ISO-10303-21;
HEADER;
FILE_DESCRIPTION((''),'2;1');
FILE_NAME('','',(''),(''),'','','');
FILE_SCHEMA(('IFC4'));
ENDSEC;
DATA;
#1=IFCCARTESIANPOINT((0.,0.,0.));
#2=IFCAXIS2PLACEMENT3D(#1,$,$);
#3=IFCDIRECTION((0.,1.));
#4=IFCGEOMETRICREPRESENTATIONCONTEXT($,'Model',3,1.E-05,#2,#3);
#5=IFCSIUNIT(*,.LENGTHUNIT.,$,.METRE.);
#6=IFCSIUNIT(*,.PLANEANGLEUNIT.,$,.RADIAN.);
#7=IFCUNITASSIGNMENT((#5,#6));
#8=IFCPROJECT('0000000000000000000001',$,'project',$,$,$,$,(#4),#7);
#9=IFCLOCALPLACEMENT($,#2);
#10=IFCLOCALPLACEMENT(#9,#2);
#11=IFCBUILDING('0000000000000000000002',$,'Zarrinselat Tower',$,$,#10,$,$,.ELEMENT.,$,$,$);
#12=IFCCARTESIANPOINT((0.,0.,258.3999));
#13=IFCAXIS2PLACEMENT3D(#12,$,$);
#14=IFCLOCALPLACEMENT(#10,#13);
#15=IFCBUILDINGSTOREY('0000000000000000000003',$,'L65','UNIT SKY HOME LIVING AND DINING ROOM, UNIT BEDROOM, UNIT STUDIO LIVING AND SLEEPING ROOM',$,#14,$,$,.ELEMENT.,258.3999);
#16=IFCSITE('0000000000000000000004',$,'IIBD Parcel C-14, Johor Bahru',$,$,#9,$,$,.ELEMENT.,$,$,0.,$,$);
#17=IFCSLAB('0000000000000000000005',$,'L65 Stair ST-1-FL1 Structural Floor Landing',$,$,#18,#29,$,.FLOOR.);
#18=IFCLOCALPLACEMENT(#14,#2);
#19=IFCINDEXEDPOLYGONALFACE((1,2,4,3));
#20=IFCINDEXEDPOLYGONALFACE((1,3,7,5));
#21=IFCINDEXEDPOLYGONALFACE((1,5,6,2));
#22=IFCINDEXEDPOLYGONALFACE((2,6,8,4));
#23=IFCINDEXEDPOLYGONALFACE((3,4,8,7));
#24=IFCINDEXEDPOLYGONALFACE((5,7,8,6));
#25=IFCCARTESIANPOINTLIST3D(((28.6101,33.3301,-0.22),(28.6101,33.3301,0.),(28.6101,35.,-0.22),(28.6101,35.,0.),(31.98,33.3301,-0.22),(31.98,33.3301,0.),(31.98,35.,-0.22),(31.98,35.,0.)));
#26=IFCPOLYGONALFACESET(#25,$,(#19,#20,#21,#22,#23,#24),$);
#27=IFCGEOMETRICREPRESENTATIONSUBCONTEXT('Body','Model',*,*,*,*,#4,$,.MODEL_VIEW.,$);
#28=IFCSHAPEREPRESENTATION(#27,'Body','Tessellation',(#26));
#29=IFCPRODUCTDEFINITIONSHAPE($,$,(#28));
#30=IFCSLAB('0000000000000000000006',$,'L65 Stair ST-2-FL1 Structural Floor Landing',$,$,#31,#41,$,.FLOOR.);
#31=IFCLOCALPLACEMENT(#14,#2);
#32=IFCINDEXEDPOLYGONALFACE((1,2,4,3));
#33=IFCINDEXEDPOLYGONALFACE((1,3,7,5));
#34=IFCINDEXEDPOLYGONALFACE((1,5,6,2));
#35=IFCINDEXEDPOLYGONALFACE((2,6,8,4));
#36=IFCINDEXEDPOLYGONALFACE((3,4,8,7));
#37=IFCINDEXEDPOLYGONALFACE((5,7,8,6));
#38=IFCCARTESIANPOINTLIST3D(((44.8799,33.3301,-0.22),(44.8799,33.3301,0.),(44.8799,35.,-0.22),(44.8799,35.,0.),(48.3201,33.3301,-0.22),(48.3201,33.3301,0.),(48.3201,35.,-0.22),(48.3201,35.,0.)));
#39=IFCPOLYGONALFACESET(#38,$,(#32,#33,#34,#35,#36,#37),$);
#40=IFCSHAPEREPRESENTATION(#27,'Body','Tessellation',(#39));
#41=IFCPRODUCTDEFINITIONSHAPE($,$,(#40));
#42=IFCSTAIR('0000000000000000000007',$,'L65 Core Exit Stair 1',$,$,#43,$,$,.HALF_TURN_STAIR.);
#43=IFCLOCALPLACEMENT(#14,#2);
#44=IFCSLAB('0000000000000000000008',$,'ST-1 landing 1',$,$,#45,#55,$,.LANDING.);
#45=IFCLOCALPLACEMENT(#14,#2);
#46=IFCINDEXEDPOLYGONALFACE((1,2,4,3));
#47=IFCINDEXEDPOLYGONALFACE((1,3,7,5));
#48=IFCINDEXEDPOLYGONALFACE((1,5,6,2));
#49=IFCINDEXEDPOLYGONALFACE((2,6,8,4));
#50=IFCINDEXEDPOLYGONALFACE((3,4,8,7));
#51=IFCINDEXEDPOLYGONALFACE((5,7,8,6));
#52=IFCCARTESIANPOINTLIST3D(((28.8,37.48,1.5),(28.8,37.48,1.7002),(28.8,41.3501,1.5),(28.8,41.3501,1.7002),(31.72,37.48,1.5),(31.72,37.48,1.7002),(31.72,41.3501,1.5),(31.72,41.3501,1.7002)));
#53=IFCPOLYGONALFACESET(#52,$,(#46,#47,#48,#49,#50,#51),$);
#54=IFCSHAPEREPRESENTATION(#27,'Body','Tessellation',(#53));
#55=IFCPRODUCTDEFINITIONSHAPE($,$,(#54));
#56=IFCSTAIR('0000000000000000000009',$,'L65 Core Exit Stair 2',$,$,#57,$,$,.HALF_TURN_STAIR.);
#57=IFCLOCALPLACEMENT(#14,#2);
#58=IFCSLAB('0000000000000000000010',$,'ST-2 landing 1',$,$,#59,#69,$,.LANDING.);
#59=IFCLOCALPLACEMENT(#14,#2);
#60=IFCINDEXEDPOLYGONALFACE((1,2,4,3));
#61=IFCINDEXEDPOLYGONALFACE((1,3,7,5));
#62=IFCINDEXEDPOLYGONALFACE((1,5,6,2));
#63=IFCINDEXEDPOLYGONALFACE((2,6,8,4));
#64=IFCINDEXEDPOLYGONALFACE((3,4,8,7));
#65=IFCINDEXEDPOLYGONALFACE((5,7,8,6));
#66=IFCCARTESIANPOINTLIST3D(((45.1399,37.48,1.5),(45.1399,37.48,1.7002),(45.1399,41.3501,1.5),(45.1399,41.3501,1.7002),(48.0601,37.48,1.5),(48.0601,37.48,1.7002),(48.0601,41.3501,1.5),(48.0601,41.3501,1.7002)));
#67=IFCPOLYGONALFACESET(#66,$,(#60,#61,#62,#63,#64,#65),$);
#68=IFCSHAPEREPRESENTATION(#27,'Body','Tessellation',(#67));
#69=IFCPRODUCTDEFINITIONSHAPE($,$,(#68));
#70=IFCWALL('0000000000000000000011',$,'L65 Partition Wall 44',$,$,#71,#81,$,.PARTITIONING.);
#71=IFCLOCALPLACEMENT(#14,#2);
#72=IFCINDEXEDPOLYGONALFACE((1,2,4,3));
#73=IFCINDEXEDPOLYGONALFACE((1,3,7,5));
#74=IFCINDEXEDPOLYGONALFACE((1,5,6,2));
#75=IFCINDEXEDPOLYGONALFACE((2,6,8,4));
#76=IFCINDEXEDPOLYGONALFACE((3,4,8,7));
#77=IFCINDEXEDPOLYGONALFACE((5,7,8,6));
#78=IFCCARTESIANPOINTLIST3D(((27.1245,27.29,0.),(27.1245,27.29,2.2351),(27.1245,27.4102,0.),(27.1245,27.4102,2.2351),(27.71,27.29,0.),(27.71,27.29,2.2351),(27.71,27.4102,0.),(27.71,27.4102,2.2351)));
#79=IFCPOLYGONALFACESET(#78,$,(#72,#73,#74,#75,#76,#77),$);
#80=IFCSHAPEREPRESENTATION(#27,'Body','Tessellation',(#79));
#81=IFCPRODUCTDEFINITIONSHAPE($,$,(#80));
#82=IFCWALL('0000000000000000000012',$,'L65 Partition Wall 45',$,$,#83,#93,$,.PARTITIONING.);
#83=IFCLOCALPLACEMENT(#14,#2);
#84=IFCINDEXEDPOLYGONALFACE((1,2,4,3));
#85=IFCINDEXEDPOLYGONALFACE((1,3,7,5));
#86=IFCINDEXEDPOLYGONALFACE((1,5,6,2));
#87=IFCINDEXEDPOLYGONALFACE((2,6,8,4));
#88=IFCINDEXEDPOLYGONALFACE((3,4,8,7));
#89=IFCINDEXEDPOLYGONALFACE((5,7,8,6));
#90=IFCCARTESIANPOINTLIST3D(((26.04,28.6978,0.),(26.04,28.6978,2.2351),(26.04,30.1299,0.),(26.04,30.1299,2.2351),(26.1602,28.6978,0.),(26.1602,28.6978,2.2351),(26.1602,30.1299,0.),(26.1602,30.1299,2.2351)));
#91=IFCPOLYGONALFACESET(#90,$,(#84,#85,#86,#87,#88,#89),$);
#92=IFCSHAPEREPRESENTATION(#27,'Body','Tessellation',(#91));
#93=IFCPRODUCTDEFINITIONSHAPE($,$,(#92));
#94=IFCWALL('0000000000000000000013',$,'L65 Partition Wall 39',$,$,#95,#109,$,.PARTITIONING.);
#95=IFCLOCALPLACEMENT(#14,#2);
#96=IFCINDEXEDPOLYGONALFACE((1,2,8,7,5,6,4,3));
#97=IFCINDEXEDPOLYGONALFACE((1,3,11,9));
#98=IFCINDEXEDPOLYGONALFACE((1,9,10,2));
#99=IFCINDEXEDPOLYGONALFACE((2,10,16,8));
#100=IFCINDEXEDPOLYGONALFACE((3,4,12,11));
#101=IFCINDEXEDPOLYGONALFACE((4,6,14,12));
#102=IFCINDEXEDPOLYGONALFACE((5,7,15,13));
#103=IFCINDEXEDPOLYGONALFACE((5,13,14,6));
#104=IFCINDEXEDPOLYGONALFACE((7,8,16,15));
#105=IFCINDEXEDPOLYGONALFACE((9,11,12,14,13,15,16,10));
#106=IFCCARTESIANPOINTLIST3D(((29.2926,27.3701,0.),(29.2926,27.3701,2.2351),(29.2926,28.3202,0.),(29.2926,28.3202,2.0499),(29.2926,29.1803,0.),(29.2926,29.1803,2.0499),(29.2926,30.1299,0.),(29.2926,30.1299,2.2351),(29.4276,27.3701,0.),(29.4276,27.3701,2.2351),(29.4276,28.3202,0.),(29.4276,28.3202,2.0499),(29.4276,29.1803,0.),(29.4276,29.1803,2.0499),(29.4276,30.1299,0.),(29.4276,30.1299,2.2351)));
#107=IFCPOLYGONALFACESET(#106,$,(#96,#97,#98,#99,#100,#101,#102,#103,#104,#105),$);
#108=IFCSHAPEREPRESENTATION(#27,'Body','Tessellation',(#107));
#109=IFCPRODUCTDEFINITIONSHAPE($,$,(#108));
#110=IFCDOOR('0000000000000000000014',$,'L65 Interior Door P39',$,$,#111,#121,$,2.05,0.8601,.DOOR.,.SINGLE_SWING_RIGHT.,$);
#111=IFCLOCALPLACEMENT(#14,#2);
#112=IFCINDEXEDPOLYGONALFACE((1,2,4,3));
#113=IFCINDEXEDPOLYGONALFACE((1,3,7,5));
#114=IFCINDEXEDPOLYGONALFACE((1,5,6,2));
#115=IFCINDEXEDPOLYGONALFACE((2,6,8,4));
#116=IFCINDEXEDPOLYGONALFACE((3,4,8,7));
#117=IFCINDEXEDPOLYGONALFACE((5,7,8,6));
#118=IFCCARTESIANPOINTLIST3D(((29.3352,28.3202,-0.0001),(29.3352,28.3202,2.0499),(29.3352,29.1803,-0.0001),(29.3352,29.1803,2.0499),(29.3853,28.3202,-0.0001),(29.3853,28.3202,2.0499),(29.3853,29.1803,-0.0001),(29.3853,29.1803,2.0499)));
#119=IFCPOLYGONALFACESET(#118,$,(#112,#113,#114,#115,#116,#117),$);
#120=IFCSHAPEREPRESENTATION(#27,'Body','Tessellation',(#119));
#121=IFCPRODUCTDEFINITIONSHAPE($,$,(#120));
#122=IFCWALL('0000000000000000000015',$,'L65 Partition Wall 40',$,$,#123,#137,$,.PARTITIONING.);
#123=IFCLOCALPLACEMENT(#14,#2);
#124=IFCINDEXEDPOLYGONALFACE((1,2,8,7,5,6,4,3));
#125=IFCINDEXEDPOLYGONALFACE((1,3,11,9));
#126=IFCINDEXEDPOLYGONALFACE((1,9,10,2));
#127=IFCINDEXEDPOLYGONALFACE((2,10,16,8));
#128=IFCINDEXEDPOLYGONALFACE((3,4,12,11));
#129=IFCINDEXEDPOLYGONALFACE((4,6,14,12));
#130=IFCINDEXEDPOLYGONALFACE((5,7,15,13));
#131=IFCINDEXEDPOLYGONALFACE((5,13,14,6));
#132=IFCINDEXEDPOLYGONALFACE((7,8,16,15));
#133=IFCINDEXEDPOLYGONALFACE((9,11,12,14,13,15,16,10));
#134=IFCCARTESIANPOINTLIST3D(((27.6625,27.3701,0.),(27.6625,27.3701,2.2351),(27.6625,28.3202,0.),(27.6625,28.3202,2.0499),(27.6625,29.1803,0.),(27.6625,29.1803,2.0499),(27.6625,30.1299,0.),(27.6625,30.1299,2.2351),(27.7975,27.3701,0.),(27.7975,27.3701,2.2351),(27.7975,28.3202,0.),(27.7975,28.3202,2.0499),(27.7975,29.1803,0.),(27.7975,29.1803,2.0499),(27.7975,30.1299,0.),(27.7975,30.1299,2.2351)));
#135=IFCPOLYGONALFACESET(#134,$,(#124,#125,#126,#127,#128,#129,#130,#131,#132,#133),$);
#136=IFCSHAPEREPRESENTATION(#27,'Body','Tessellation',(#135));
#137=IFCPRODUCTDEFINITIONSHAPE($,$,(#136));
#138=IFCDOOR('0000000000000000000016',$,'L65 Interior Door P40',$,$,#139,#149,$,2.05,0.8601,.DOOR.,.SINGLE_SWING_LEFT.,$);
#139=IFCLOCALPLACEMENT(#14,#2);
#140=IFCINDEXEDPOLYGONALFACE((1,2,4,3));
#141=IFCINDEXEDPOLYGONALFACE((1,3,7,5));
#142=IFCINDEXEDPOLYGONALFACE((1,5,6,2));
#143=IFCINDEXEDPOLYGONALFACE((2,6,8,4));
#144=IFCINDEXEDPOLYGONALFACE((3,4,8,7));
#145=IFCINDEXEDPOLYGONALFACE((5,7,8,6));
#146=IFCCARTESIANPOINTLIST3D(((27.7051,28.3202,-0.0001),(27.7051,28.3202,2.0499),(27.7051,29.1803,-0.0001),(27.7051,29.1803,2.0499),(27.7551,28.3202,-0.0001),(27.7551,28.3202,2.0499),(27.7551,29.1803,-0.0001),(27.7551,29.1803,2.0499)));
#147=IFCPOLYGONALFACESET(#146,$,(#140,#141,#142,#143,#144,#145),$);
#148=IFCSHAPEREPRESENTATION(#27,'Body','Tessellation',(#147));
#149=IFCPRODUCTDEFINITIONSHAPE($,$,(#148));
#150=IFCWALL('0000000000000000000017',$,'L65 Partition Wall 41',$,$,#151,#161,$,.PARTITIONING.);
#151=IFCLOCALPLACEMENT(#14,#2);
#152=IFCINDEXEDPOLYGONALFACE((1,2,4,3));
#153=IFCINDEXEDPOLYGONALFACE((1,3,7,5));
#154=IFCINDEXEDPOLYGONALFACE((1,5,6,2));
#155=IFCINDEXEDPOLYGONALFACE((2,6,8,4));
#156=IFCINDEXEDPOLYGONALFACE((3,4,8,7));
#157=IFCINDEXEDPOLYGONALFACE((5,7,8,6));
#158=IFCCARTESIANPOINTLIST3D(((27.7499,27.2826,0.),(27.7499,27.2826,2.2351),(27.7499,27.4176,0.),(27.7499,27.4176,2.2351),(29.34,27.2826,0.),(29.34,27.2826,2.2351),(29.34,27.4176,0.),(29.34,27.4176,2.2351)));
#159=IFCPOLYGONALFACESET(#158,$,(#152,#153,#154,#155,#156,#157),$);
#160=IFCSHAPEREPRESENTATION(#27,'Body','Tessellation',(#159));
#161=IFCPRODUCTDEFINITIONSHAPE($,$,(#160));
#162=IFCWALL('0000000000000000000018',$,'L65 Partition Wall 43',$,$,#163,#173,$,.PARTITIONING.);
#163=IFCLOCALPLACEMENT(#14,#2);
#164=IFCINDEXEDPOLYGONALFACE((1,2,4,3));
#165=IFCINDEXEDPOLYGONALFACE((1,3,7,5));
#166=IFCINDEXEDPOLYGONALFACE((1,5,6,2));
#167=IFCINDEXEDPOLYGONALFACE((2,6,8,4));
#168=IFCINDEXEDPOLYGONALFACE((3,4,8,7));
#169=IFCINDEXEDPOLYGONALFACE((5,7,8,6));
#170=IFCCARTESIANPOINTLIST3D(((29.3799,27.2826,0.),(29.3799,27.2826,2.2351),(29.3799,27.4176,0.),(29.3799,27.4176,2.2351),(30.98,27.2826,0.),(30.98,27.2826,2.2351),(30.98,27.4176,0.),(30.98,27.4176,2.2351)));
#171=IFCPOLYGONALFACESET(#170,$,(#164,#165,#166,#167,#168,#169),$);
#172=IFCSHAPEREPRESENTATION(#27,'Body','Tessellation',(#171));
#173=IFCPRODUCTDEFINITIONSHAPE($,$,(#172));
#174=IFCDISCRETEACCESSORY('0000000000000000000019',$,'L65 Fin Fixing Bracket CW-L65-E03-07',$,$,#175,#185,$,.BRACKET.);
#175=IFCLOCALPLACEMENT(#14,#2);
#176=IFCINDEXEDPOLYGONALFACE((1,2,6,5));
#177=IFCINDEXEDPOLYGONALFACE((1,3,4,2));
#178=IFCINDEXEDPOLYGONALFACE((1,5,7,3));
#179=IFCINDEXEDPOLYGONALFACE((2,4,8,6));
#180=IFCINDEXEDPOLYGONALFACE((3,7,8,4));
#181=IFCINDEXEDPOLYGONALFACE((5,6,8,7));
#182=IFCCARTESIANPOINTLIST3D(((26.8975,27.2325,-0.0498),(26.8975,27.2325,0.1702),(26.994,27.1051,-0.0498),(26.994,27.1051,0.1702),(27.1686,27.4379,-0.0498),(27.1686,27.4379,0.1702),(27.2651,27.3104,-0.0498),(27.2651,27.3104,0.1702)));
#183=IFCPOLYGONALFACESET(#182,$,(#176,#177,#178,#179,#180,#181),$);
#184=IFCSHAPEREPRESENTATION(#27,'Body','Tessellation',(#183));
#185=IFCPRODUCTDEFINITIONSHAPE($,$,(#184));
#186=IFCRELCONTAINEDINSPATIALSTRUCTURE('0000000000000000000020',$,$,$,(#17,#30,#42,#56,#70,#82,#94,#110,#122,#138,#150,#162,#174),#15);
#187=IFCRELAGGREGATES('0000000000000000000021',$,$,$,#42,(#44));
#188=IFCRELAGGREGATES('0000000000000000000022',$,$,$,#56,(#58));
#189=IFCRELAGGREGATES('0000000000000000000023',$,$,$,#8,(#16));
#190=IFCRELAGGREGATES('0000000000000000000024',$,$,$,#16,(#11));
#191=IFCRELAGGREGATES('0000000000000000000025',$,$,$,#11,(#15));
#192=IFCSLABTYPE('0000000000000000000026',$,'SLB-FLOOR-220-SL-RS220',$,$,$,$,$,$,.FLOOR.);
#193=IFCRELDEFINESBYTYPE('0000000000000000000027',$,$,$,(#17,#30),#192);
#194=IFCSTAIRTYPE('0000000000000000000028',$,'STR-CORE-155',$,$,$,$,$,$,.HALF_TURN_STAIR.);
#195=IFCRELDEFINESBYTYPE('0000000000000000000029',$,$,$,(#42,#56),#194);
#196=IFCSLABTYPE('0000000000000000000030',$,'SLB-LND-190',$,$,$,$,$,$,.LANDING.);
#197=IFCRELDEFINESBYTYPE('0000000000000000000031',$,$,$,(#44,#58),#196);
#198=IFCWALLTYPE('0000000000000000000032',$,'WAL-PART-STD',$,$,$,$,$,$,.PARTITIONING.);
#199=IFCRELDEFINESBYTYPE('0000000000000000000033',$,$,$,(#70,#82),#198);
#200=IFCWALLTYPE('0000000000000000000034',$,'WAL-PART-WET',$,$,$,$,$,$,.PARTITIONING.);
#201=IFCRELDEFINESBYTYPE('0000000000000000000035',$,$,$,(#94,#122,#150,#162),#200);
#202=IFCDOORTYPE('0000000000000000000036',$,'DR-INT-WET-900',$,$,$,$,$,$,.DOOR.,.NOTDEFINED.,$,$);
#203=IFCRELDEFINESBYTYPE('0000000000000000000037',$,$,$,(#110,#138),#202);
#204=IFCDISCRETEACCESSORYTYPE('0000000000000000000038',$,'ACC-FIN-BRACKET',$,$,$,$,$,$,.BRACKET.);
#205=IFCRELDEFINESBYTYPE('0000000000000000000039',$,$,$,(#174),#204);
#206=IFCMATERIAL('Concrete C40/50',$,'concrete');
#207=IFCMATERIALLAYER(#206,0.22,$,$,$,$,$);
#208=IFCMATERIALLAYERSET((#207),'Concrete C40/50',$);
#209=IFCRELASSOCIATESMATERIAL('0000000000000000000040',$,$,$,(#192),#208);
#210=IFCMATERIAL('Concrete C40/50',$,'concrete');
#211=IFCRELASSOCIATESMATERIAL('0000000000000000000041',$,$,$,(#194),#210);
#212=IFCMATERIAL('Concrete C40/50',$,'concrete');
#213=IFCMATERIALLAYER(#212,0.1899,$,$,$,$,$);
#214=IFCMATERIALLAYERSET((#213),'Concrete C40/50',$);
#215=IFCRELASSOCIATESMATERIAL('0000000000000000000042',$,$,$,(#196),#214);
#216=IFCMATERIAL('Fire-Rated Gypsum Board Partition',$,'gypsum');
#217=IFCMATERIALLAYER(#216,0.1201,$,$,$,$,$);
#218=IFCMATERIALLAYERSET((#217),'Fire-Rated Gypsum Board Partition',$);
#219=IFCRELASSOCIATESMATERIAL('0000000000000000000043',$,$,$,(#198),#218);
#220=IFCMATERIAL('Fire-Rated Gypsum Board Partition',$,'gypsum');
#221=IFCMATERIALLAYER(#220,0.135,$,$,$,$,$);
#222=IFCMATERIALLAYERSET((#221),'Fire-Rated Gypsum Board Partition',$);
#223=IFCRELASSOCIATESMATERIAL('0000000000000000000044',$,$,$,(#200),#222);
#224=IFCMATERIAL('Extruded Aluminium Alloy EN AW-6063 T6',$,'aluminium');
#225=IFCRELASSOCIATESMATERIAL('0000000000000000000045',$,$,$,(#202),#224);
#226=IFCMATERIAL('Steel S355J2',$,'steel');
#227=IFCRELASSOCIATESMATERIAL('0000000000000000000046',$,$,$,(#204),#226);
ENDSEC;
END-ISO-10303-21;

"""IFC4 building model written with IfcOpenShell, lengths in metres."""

from ifc_helpers import new_model, si_unit, direction, frame, frame_2d, origin, origin_2d, place, context, subcontext, project, spatial, polyline, rectangle, outline, extrude, material, layer, layer_set, type_object, element, fill, aggregate, save


model = new_model("IFC4")

# Units and contexts
model_context = context("Model", 3, precision=1e-05, world=origin(), true_north=direction((0.0, 1.0)))
body_context = subcontext(model_context, "Body", "Model", "MODEL_VIEW")
ifc_project = project(units=[si_unit("LENGTHUNIT", "METRE"), si_unit("PLANEANGLEUNIT", "RADIAN")], contexts=[model_context])

# Site, building, storey
site_placement = place(None, origin())
site = spatial("IfcSite", under=ifc_project, at=site_placement, Name="IIBD Parcel C-14, Johor Bahru", CompositionType="ELEMENT", RefElevation=0.0)
building_placement = place(site_placement, origin())
building = spatial("IfcBuilding", under=site, at=building_placement, Name="Zarrinselat Tower", CompositionType="ELEMENT")
storey_placement = place(building_placement, frame((0.0, 0.0, 258.3999)))
storey = spatial("IfcBuildingStorey", under=building, at=storey_placement, Name="L65", Description="UNIT SKY HOME LIVING AND DINING ROOM, UNIT BEDROOM, UNIT STUDIO LIVING AND SLEEPING ROOM", CompositionType="ELEMENT", Elevation=258.3999)

# Slabs
ifc_material_1 = material(Name="Concrete C40/50", Category="concrete")
ifc_layer_1 = layer(ifc_material_1, 0.22)
ifc_layer_set_1 = layer_set([ifc_layer_1], Name="Concrete C40/50")
slab_type_1 = type_object("IfcSlabType", Name="SLB-FLOOR-220-SL-RS220", PredefinedType="FLOOR", material=ifc_layer_set_1)
slab_1_placement = place(storey_placement, frame((0.0, 0.0, -0.22)))
element("IfcSlab", 1, at=slab_1_placement, inside=storey, type_object=slab_type_1, Name="L65 Stair ST-1-FL1 Structural Floor Landing", PredefinedType="FLOOR", context=body_context, shape_type="SweptSolid", body=[
    extrude(outline(polyline([(31.98, 33.3301), (31.98, 35.0), (28.6101, 35.0), (28.6101, 33.3301), (31.98, 33.3301)])), origin(), (0.0, 0.0, 1.0), 0.22),
])
slab_2_placement = place(storey_placement, frame((0.0, 0.0, -0.22)))
element("IfcSlab", 2, at=slab_2_placement, inside=storey, type_object=slab_type_1, Name="L65 Stair ST-2-FL1 Structural Floor Landing", PredefinedType="FLOOR", context=body_context, shape_type="SweptSolid", body=[
    extrude(outline(polyline([(48.3201, 33.3301), (48.3201, 35.0), (44.8799, 35.0), (44.8799, 33.3301), (48.3201, 33.3301)])), origin(), (0.0, 0.0, 1.0), 0.22),
])

# Stairs, slabs
ifc_material_2 = material(Name="Concrete C40/50", Category="concrete")
stair_type = type_object("IfcStairType", Name="STR-CORE-155", PredefinedType="HALF_TURN_STAIR", material=ifc_material_2)
stair_1_placement = place(storey_placement, origin())
stair_1 = element("IfcStair", 3, at=stair_1_placement, inside=storey, type_object=stair_type, Name="L65 Core Exit Stair 1", PredefinedType="HALF_TURN_STAIR")
ifc_material_3 = material(Name="Concrete C40/50", Category="concrete")
ifc_layer_2 = layer(ifc_material_3, 0.1899)
ifc_layer_set_2 = layer_set([ifc_layer_2], Name="Concrete C40/50")
slab_type_2 = type_object("IfcSlabType", Name="SLB-LND-190", PredefinedType="LANDING", material=ifc_layer_set_2)
slab_3_placement = place(storey_placement, frame((0.0, 0.0, 1.5)))
slab_3 = element("IfcSlab", 4, at=slab_3_placement, type_object=slab_type_2, Name="ST-1 landing 1", PredefinedType="LANDING", context=body_context, shape_type="SweptSolid", body=[
    extrude(outline(polyline([(31.72, 37.48), (31.72, 41.3501), (28.8, 41.3501), (28.8, 37.48), (31.72, 37.48)])), origin(), (0.0, 0.0, 1.0), 0.2002),
])
aggregate(stair_1, [slab_3])
stair_2_placement = place(storey_placement, origin())
stair_2 = element("IfcStair", 5, at=stair_2_placement, inside=storey, type_object=stair_type, Name="L65 Core Exit Stair 2", PredefinedType="HALF_TURN_STAIR")
slab_4_placement = place(storey_placement, frame((0.0, 0.0, 1.5)))
slab_4 = element("IfcSlab", 6, at=slab_4_placement, type_object=slab_type_2, Name="ST-2 landing 1", PredefinedType="LANDING", context=body_context, shape_type="SweptSolid", body=[
    extrude(outline(polyline([(48.0601, 37.48), (48.0601, 41.3501), (45.1399, 41.3501), (45.1399, 37.48), (48.0601, 37.48)])), origin(), (0.0, 0.0, 1.0), 0.2002),
])
aggregate(stair_2, [slab_4])

# Walls
ifc_material_4 = material(Name="Fire-Rated Gypsum Board Partition", Category="gypsum")
ifc_layer_3 = layer(ifc_material_4, 0.1201)
ifc_layer_set_3 = layer_set([ifc_layer_3], Name="Fire-Rated Gypsum Board Partition")
wall_type_1 = type_object("IfcWallType", Name="WAL-PART-STD", PredefinedType="PARTITIONING", material=ifc_layer_set_3)
wall_1_placement = place(storey_placement, frame((27.1245, 27.3501, 0.0), z_axis=(0.0, 0.0, 1.0), x_axis=(1.0, 0.0, 0.0)))
element("IfcWall", 7, at=wall_1_placement, inside=storey, type_object=wall_type_1, Name="L65 Partition Wall 44", PredefinedType="PARTITIONING", context=body_context, shape_type="SweptSolid", body=[
    extrude(rectangle(XDim=0.5854, YDim=0.1201, at=frame_2d((0.2927, 0.0))), origin(), (0.0, 0.0, 1.0), 2.2351),
])
wall_2_placement = place(storey_placement, frame((26.1001, 28.6978, 0.0), z_axis=(0.0, 0.0, 1.0), x_axis=(0.0, 1.0, 0.0)))
element("IfcWall", 8, at=wall_2_placement, inside=storey, type_object=wall_type_1, Name="L65 Partition Wall 45", PredefinedType="PARTITIONING", context=body_context, shape_type="SweptSolid", body=[
    extrude(rectangle(XDim=1.4321, YDim=0.1201, at=frame_2d((0.7161, 0.0))), origin(), (0.0, 0.0, 1.0), 2.2351),
])

# Walls, openings, doors
ifc_material_5 = material(Name="Fire-Rated Gypsum Board Partition", Category="gypsum")
ifc_layer_4 = layer(ifc_material_5, 0.135)
ifc_layer_set_4 = layer_set([ifc_layer_4], Name="Fire-Rated Gypsum Board Partition")
wall_type_2 = type_object("IfcWallType", Name="WAL-PART-WET", PredefinedType="PARTITIONING", material=ifc_layer_set_4)
wall_3_placement = place(storey_placement, frame((29.3601, 27.3701, 0.0), z_axis=(0.0, 0.0, 1.0), x_axis=(0.0, 1.0, 0.0)))
wall_3 = element("IfcWall", 9, at=wall_3_placement, inside=storey, type_object=wall_type_2, Name="L65 Partition Wall 39", PredefinedType="PARTITIONING", context=body_context, shape_type="SweptSolid", body=[
    extrude(rectangle(XDim=2.7598, YDim=0.135, at=frame_2d((1.3799, 0.0))), origin(), (0.0, 0.0, 1.0), 2.2351),
])
opening_1_placement = place(wall_3_placement, frame((0.95, 0.0, 0.0)))
opening_1 = element("IfcOpeningElement", 10, at=opening_1_placement, cuts=wall_3, PredefinedType="OPENING", context=body_context, shape_type="SweptSolid", body=[
    extrude(rectangle(XDim=0.8601, YDim=2.05, at=frame_2d((0.4302, 1.0249))), frame((0.0, 0.0774, 0.0), z_axis=(0.0, -1.0, 0.0), x_axis=(1.0, 0.0, 0.0)), (0.0, 0.0, 1.0), 0.155),
])
ifc_material_6 = material(Name="Extruded Aluminium Alloy EN AW-6063 T6", Category="aluminium")
door_type = type_object("IfcDoorType", Name="DR-INT-WET-900", OperationType="NOTDEFINED", PredefinedType="DOOR", material=ifc_material_6)
door_1_placement = place(opening_1_placement, origin())
door_1 = element("IfcDoor", 11, at=door_1_placement, inside=storey, type_object=door_type, Name="L65 Interior Door P39", OperationType="SINGLE_SWING_RIGHT", OverallHeight=2.05, OverallWidth=0.8601, PredefinedType="DOOR", context=body_context, shape_type="SweptSolid", body=[
    extrude(rectangle(XDim=0.8601, YDim=2.05, at=frame_2d((0.4302, 1.0249))), frame((0.0, 0.0249, 0.0), z_axis=(0.0, -1.0, 0.0), x_axis=(1.0, 0.0, 0.0)), (0.0, 0.0, 1.0), 0.05),
])
fill(opening_1, door_1)
wall_4_placement = place(storey_placement, frame((27.73, 27.3701, 0.0), z_axis=(0.0, 0.0, 1.0), x_axis=(0.0, 1.0, 0.0)))
wall_4 = element("IfcWall", 12, at=wall_4_placement, inside=storey, type_object=wall_type_2, Name="L65 Partition Wall 40", PredefinedType="PARTITIONING", context=body_context, shape_type="SweptSolid", body=[
    extrude(rectangle(XDim=2.7598, YDim=0.135, at=frame_2d((1.3799, 0.0))), origin(), (0.0, 0.0, 1.0), 2.2351),
])
opening_2_placement = place(wall_4_placement, frame((0.95, 0.0, 0.0)))
opening_2 = element("IfcOpeningElement", 13, at=opening_2_placement, cuts=wall_4, PredefinedType="OPENING", context=body_context, shape_type="SweptSolid", body=[
    extrude(rectangle(XDim=0.8601, YDim=2.05, at=frame_2d((0.4302, 1.0249))), frame((0.0, 0.0774, 0.0), z_axis=(0.0, -1.0, 0.0), x_axis=(1.0, 0.0, 0.0)), (0.0, 0.0, 1.0), 0.155),
])
door_2_placement = place(opening_2_placement, origin())
door_2 = element("IfcDoor", 14, at=door_2_placement, inside=storey, type_object=door_type, Name="L65 Interior Door P40", OperationType="SINGLE_SWING_LEFT", OverallHeight=2.05, OverallWidth=0.8601, PredefinedType="DOOR", context=body_context, shape_type="SweptSolid", body=[
    extrude(rectangle(XDim=0.8601, YDim=2.05, at=frame_2d((0.4302, 1.0249))), frame((0.0, 0.0249, 0.0), z_axis=(0.0, -1.0, 0.0), x_axis=(1.0, 0.0, 0.0)), (0.0, 0.0, 1.0), 0.05),
])
fill(opening_2, door_2)

# Walls
wall_5_placement = place(storey_placement, frame((27.75, 27.3501, 0.0), z_axis=(0.0, 0.0, 1.0), x_axis=(1.0, 0.0, 0.0)))
element("IfcWall", 15, at=wall_5_placement, inside=storey, type_object=wall_type_2, Name="L65 Partition Wall 41", PredefinedType="PARTITIONING", context=body_context, shape_type="SweptSolid", body=[
    extrude(rectangle(XDim=1.5901, YDim=0.135, at=frame_2d((0.7949, 0.0))), origin(), (0.0, 0.0, 1.0), 2.2351),
])
wall_6_placement = place(storey_placement, frame((29.3799, 27.3501, 0.0), z_axis=(0.0, 0.0, 1.0), x_axis=(1.0, 0.0, 0.0)))
element("IfcWall", 16, at=wall_6_placement, inside=storey, type_object=wall_type_2, Name="L65 Partition Wall 43", PredefinedType="PARTITIONING", context=body_context, shape_type="SweptSolid", body=[
    extrude(rectangle(XDim=1.6001, YDim=0.135, at=frame_2d((0.8, 0.0))), origin(), (0.0, 0.0, 1.0), 2.2351),
])

# Discrete accessory
ifc_material_7 = material(Name="Steel S355J2", Category="steel")
discrete_accessory_type = type_object("IfcDiscreteAccessoryType", Name="ACC-FIN-BRACKET", PredefinedType="BRACKET", material=ifc_material_7)
discrete_accessory_placement = place(storey_placement, frame((27.0813, 27.2715, -0.0498), z_axis=(0.0, 0.0, 1.0), x_axis=(-0.797092, -0.603858, 0.0)))
element("IfcDiscreteAccessory", 17, at=discrete_accessory_placement, inside=storey, type_object=discrete_accessory_type, Name="L65 Fin Fixing Bracket CW-L65-E03-07", PredefinedType="BRACKET", context=body_context, shape_type="SweptSolid", body=[
    extrude(rectangle(XDim=0.3401, YDim=0.1599, at=origin_2d()), origin(), (0.0, 0.0, 1.0), 0.22),
])

save(model, "model.ifc")
